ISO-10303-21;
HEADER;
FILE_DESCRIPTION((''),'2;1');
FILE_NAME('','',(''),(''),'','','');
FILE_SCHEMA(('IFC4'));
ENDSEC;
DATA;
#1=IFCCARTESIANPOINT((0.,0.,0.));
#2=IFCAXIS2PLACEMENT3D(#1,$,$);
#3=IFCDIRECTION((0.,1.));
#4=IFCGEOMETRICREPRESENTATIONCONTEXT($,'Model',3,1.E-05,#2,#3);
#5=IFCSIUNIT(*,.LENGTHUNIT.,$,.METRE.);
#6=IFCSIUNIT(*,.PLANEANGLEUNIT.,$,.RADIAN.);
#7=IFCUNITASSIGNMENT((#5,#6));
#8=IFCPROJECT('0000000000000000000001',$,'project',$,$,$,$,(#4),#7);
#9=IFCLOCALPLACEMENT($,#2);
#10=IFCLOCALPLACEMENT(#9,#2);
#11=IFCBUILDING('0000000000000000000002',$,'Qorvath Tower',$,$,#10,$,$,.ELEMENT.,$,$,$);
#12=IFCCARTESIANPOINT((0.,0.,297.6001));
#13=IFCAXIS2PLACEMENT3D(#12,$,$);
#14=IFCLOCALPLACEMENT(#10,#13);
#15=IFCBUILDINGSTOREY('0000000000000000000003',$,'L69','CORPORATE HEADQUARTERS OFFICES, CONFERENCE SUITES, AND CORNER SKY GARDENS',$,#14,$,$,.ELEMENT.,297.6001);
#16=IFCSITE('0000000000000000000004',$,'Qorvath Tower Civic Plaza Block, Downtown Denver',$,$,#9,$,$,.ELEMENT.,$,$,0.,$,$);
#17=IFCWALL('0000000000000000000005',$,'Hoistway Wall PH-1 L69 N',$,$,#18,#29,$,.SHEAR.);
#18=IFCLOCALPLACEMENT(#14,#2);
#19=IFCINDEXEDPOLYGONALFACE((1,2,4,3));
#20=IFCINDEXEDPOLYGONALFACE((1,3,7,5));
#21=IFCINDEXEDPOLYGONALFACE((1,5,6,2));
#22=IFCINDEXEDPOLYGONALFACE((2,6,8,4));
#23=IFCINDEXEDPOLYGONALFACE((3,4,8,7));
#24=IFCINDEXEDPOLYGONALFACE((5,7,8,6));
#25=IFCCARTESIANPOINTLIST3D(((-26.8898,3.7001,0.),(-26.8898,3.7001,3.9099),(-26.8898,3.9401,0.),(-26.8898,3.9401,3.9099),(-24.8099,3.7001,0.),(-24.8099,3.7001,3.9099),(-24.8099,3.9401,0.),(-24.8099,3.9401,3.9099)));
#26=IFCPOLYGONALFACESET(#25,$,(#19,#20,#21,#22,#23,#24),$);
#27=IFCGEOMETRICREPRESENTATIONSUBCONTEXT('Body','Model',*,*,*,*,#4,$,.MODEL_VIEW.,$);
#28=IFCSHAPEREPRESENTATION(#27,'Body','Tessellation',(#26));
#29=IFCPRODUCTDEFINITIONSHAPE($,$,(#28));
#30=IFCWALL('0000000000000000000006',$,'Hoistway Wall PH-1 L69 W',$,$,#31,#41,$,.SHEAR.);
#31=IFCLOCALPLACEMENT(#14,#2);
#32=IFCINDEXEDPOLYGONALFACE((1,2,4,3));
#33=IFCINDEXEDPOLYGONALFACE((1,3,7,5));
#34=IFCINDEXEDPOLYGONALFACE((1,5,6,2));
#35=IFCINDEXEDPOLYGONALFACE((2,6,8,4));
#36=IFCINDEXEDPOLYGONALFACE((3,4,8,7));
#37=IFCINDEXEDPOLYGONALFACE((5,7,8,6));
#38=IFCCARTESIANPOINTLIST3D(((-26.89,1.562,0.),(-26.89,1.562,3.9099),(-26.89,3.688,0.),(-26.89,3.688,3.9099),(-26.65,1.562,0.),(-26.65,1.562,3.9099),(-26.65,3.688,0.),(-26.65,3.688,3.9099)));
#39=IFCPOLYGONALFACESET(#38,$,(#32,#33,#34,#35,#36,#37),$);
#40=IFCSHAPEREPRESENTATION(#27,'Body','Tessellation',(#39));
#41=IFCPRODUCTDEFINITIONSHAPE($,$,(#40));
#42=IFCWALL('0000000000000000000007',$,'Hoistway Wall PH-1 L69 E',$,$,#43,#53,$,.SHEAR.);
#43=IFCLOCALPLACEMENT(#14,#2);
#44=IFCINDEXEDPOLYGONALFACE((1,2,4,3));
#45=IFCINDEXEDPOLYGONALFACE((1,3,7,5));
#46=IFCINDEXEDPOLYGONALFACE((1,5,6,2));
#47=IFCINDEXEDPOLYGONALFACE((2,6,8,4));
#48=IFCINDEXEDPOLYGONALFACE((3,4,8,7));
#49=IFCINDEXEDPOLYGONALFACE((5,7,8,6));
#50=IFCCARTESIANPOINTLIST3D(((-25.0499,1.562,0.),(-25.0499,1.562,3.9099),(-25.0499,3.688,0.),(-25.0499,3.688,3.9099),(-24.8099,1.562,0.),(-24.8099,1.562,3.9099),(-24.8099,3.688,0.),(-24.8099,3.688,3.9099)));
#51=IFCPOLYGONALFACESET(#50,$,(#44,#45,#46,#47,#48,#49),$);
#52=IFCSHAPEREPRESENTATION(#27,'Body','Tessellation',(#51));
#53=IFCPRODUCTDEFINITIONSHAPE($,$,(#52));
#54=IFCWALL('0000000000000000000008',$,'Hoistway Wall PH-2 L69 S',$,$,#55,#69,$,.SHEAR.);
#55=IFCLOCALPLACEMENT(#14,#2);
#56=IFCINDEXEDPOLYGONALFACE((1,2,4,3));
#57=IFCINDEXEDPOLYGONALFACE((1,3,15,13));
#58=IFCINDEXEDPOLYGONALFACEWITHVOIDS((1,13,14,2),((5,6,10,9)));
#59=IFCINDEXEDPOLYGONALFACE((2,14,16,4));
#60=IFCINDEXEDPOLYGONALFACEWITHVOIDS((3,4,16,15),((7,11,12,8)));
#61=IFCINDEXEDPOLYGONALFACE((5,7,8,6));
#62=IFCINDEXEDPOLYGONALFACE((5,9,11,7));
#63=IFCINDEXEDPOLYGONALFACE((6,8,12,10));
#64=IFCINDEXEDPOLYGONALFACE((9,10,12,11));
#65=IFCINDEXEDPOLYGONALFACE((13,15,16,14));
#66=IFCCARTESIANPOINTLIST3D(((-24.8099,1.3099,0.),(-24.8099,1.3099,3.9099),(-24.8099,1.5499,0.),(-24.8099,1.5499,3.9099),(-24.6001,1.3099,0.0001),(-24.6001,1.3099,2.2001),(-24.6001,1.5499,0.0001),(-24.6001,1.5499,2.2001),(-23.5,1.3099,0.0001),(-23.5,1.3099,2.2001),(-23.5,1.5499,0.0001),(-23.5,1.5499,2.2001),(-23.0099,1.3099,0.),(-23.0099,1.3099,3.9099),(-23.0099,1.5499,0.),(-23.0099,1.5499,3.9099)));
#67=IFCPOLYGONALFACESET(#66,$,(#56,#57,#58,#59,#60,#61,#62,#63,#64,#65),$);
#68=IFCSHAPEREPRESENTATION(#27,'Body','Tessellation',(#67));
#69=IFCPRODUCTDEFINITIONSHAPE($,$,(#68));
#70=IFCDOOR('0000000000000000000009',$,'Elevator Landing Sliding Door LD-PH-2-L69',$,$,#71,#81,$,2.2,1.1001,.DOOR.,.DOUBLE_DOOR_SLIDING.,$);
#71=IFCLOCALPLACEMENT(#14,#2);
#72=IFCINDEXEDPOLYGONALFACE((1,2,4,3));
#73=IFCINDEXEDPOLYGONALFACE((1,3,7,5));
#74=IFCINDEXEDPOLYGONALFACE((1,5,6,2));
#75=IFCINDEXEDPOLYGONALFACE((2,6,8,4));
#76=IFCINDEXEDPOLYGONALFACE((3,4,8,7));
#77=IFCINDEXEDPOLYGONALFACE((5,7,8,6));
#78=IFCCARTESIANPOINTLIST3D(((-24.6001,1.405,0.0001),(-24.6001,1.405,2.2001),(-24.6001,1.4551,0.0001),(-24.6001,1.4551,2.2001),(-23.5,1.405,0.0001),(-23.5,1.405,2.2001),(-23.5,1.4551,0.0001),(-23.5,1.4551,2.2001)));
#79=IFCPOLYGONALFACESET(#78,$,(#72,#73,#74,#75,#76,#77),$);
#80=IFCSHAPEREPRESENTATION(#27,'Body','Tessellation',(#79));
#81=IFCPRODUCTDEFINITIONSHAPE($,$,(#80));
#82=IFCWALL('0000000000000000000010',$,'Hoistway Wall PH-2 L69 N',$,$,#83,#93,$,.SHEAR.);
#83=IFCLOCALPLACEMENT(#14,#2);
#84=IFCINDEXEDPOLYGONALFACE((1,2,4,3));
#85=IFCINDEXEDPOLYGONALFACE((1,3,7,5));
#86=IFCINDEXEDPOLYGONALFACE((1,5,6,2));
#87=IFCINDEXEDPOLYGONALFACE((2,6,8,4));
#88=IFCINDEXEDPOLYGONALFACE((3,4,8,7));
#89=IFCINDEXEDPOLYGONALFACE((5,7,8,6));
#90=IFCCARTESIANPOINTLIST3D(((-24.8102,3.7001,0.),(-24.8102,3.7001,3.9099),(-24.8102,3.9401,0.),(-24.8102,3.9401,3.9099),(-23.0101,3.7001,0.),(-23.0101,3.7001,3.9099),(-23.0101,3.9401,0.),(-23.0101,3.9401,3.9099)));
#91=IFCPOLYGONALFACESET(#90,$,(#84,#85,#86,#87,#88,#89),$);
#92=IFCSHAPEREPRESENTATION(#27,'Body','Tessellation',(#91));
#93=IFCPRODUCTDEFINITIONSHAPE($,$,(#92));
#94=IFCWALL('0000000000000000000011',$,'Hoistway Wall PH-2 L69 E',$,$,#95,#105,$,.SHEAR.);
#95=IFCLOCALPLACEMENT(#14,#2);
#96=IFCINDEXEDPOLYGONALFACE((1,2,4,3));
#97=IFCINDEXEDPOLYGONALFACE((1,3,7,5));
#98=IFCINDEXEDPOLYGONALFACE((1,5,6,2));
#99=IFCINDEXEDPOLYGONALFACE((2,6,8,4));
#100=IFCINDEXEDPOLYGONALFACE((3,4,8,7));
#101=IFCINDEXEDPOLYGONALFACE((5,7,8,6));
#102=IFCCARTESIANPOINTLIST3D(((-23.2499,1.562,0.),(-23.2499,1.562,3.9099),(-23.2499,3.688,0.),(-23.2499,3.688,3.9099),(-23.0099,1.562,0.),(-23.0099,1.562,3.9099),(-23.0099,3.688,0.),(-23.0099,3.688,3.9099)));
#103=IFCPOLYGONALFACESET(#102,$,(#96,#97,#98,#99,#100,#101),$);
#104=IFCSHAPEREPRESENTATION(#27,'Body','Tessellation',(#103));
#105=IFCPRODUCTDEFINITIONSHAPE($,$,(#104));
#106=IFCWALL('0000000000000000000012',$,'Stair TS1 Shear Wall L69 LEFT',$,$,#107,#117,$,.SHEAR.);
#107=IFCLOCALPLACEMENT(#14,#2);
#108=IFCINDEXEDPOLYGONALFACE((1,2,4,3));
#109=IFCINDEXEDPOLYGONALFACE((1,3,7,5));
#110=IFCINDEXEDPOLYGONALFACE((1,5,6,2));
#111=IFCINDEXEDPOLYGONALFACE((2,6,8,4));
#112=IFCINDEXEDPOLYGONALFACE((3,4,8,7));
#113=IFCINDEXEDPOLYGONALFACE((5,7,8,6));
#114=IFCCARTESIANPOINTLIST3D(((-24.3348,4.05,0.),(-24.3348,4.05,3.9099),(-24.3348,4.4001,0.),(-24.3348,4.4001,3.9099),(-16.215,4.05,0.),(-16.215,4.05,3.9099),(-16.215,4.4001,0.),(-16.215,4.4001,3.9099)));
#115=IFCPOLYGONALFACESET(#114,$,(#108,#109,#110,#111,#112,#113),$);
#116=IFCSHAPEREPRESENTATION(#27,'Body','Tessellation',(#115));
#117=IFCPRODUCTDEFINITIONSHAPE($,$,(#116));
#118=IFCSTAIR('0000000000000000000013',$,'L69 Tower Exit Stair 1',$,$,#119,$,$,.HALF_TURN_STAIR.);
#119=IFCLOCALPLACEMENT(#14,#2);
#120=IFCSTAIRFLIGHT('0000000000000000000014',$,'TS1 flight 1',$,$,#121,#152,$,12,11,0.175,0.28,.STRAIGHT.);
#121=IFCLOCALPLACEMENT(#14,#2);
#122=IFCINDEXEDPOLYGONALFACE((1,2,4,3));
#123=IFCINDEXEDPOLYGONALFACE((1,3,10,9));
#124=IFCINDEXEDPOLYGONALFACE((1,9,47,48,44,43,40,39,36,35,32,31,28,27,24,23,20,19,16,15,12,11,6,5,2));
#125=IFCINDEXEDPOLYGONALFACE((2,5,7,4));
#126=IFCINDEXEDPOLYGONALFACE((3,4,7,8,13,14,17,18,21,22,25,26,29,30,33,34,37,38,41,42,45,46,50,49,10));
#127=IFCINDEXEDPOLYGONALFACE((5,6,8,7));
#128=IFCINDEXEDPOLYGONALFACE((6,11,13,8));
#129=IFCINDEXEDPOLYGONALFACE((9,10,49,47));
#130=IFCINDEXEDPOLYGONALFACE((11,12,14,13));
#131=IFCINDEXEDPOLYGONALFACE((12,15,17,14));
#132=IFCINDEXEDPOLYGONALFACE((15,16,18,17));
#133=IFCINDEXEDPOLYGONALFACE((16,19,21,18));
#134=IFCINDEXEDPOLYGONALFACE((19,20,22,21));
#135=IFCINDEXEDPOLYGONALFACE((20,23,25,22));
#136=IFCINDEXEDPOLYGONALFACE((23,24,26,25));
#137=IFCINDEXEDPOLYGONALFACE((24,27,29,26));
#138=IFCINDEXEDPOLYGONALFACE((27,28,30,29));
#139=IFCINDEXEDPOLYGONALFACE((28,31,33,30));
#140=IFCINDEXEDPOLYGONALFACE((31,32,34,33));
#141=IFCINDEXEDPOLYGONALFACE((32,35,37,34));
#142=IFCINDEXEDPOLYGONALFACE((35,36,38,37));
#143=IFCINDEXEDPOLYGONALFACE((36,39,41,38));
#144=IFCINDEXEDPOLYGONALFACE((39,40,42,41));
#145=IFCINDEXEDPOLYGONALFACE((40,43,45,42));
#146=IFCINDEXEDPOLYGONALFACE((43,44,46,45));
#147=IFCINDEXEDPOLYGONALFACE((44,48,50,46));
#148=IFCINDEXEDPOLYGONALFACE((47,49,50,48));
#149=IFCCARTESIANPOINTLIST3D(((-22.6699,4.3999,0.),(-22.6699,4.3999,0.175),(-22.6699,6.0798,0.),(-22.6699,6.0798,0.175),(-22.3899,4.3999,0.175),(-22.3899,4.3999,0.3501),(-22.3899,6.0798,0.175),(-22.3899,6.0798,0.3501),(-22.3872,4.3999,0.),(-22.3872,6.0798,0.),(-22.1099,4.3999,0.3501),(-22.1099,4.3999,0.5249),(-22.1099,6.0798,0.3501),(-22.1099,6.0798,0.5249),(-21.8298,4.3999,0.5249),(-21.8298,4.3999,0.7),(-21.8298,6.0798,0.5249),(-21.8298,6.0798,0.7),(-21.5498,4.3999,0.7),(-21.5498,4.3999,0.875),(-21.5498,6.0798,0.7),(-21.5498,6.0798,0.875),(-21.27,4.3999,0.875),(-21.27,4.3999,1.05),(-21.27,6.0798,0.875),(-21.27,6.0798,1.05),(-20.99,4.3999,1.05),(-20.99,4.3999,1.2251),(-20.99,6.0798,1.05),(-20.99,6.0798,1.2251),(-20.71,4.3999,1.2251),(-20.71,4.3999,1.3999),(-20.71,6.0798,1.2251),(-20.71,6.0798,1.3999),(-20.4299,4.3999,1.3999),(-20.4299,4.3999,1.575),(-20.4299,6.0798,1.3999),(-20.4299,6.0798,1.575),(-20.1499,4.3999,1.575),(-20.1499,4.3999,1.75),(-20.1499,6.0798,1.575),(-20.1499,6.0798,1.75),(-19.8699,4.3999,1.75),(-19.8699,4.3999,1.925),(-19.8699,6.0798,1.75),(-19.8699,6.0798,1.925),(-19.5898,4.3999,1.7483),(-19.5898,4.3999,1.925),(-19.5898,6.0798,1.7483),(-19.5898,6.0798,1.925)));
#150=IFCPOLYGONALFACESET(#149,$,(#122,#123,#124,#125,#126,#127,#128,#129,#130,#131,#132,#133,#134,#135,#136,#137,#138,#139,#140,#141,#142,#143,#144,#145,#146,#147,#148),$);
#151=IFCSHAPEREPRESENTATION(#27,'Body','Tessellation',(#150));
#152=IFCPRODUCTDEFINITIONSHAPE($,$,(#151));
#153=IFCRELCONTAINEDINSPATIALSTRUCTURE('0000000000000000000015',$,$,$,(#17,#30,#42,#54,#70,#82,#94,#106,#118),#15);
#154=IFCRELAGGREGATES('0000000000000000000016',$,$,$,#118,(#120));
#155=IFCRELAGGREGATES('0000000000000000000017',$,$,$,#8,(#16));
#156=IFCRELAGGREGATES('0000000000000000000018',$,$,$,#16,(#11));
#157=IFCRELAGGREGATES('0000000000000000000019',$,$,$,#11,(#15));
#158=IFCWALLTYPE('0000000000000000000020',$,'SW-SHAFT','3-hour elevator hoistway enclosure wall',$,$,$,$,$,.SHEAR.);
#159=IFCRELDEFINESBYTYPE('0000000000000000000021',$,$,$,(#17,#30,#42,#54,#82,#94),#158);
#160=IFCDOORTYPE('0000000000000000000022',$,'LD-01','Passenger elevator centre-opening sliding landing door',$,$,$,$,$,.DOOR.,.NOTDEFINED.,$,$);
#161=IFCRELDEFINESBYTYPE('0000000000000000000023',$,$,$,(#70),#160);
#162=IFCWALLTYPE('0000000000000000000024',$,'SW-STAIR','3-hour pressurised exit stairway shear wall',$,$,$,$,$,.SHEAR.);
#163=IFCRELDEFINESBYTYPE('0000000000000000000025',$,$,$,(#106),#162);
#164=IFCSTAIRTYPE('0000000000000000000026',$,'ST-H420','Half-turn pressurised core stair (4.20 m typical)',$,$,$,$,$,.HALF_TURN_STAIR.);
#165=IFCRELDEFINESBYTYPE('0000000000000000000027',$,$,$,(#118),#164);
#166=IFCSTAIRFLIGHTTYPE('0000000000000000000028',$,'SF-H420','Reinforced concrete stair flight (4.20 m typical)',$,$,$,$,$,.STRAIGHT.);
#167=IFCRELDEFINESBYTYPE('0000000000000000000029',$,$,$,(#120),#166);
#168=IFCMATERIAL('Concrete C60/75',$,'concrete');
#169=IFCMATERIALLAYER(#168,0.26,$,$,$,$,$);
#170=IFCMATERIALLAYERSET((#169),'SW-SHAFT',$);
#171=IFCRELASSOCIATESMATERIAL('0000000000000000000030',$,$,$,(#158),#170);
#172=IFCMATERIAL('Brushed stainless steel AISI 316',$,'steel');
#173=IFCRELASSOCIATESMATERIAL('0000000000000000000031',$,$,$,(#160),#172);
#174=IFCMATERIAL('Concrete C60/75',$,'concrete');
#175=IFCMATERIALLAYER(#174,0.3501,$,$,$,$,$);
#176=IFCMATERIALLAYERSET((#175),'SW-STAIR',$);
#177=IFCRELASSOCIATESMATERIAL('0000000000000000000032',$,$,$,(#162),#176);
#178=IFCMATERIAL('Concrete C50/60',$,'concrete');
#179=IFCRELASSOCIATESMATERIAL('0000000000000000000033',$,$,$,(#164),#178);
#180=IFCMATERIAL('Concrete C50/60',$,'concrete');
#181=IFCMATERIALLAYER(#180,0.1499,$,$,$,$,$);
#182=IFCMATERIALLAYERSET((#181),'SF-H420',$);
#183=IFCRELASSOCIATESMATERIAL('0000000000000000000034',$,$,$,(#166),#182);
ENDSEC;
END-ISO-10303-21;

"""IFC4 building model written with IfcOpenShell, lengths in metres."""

from ifc_helpers import new_model, si_unit, direction, frame, frame_2d, origin, place, context, subcontext, project, spatial, polyline, rectangle, outline, extrude, material, layer, layer_set, type_object, element, fill, aggregate, save


model = new_model("IFC4")

# Units and contexts
model_context = context("Model", 3, precision=1e-05, world=origin(), true_north=direction((0.0, 1.0)))
body_context = subcontext(model_context, "Body", "Model", "MODEL_VIEW")
ifc_project = project(units=[si_unit("LENGTHUNIT", "METRE"), si_unit("PLANEANGLEUNIT", "RADIAN")], contexts=[model_context])

# Site, building, storey
site_placement = place(None, origin())
site = spatial("IfcSite", under=ifc_project, at=site_placement, Name="Qorvath Tower Civic Plaza Block, Downtown Denver", CompositionType="ELEMENT", RefElevation=0.0)
building_placement = place(site_placement, origin())
building = spatial("IfcBuilding", under=site, at=building_placement, Name="Qorvath Tower", CompositionType="ELEMENT")
storey_placement = place(building_placement, frame((0.0, 0.0, 297.6001)))
storey = spatial("IfcBuildingStorey", under=building, at=storey_placement, Name="L69", Description="CORPORATE HEADQUARTERS OFFICES, CONFERENCE SUITES, AND CORNER SKY GARDENS", CompositionType="ELEMENT", Elevation=297.6001)

# Shared definitions
ifc_material_1 = material(Name="Concrete C60/75", Category="concrete")
ifc_layer_1 = layer(ifc_material_1, 0.26)
ifc_layer_set_1 = layer_set([ifc_layer_1], Name="SW-SHAFT")
wall_type_1 = type_object("IfcWallType", Name="SW-SHAFT", Description="3-hour elevator hoistway enclosure wall", PredefinedType="SHEAR", material=ifc_layer_set_1)

# Shared definitions
ifc_material_2 = material(Name="Brushed stainless steel AISI 316", Category="steel")
door_type_1 = type_object("IfcDoorType", Name="LD-01", Description="Passenger elevator centre-opening sliding landing door", OperationType="NOTDEFINED", PredefinedType="DOOR", material=ifc_material_2)

# Walls
wall_1_placement = place(storey_placement, frame((-26.8899, 3.8201, 0.0), z_axis=(0.0, 0.0, 1.0), x_axis=(1.0, 0.0, 0.0)))
element("IfcWall", 1, at=wall_1_placement, inside=storey, type_object=wall_type_1, Name="Hoistway Wall PH-1 L69 N", PredefinedType="SHEAR", context=body_context, shape_type="SweptSolid", body=[
    extrude(rectangle(XDim=2.0798, YDim=0.24, at=frame_2d((1.04, 0.0))), origin(), (0.0, 0.0, 1.0), 3.9099),
])
for number, where, z_axis, x_axis, name in (
    (2, (-26.77, 1.562, 0.0), (0.0, 0.0, 1.0), (0.0, 1.0, 0.0), "Hoistway Wall PH-1 L69 W"),
    (3, (-24.9299, 3.688, 0.0), (0.0, 0.0, 1.0), (0.0, -1.0, 0.0), "Hoistway Wall PH-1 L69 E"),
):
    element("IfcWall", number, at=place(storey_placement, frame(where, z_axis=z_axis, x_axis=x_axis)), inside=storey, type_object=wall_type_1, Name=name, PredefinedType="SHEAR", context=body_context, shape_type="SweptSolid", body=[
        extrude(rectangle(XDim=2.126, YDim=0.24, at=frame_2d((1.063, 0.0))), origin(), (0.0, 0.0, 1.0), 3.9099),
    ])

# Wall, opening, door
wall_2_placement = place(storey_placement, frame((-23.01, 1.4299, 0.0), z_axis=(0.0, 0.0, 1.0), x_axis=(-1.0, 0.0, 0.0)))
wall_2 = element("IfcWall", 4, at=wall_2_placement, inside=storey, type_object=wall_type_1, Name="Hoistway Wall PH-2 L69 S", PredefinedType="SHEAR", context=body_context, shape_type="SweptSolid", body=[
    extrude(rectangle(XDim=1.8, YDim=0.24, at=frame_2d((0.8999, 0.0))), origin(), (0.0, 0.0, 1.0), 3.9099),
])
opening_1_placement = place(wall_2_placement, frame((0.49, 0.0, 0.0)))
opening_1 = element("IfcOpeningElement", 5, at=opening_1_placement, cuts=wall_2, PredefinedType="OPENING", context=body_context, shape_type="SweptSolid", body=[
    extrude(rectangle(XDim=1.1001, YDim=2.2, at=frame_2d((0.55, 1.1001))), frame((0.0, 0.1299, 0.0), z_axis=(0.0, -1.0, 0.0), x_axis=(1.0, 0.0, 0.0)), (0.0, 0.0, 1.0), 0.26),
])
door_1_placement = place(opening_1_placement, origin())
door_1 = element("IfcDoor", 6, at=door_1_placement, inside=storey, type_object=door_type_1, Name="Elevator Landing Sliding Door LD-PH-2-L69", OperationType="DOUBLE_DOOR_SLIDING", OverallHeight=2.2, OverallWidth=1.1001, PredefinedType="DOOR", context=body_context, shape_type="SweptSolid", body=[
    extrude(rectangle(XDim=1.1001, YDim=2.2, at=frame_2d((0.55, 1.1001))), frame((0.0, 0.0249, 0.0), z_axis=(0.0, -1.0, 0.0), x_axis=(1.0, 0.0, 0.0)), (0.0, 0.0, 1.0), 0.05),
])
fill(opening_1, door_1)

# Walls
wall_3_placement = place(storey_placement, frame((-24.8101, 3.8201, 0.0), z_axis=(0.0, 0.0, 1.0), x_axis=(1.0, 0.0, 0.0)))
element("IfcWall", 7, at=wall_3_placement, inside=storey, type_object=wall_type_1, Name="Hoistway Wall PH-2 L69 N", PredefinedType="SHEAR", context=body_context, shape_type="SweptSolid", body=[
    extrude(rectangle(XDim=1.8, YDim=0.24, at=frame_2d((0.8999, 0.0))), origin(), (0.0, 0.0, 1.0), 3.9099),
])
wall_4_placement = place(storey_placement, frame((-23.1299, 3.688, 0.0), z_axis=(0.0, 0.0, 1.0), x_axis=(0.0, -1.0, 0.0)))
element("IfcWall", 8, at=wall_4_placement, inside=storey, type_object=wall_type_1, Name="Hoistway Wall PH-2 L69 E", PredefinedType="SHEAR", context=body_context, shape_type="SweptSolid", body=[
    extrude(rectangle(XDim=2.126, YDim=0.24, at=frame_2d((1.063, 0.0))), origin(), (0.0, 0.0, 1.0), 3.9099),
])
ifc_material_3 = material(Name="Concrete C60/75", Category="concrete")
ifc_layer_2 = layer(ifc_material_3, 0.3501)
ifc_layer_set_2 = layer_set([ifc_layer_2], Name="SW-STAIR")
wall_type_2 = type_object("IfcWallType", Name="SW-STAIR", Description="3-hour pressurised exit stairway shear wall", PredefinedType="SHEAR", material=ifc_layer_set_2)
wall_5_placement = place(storey_placement, frame((-24.335, 4.2251, 0.0), z_axis=(0.0, 0.0, 1.0), x_axis=(1.0, 0.0, 0.0)))
element("IfcWall", 9, at=wall_5_placement, inside=storey, type_object=wall_type_2, Name="Stair TS1 Shear Wall L69 LEFT", PredefinedType="SHEAR", context=body_context, shape_type="SweptSolid", body=[
    extrude(rectangle(XDim=8.1199, YDim=0.3501, at=frame_2d((4.0601, 0.0))), origin(), (0.0, 0.0, 1.0), 3.9099),
])

# Stair, stair flight
ifc_material_4 = material(Name="Concrete C50/60", Category="concrete")
stair_type = type_object("IfcStairType", Name="ST-H420", Description="Half-turn pressurised core stair (4.20 m typical)", PredefinedType="HALF_TURN_STAIR", material=ifc_material_4)
stair_placement = place(storey_placement, origin())
stair = element("IfcStair", 10, at=stair_placement, inside=storey, type_object=stair_type, Name="L69 Tower Exit Stair 1", PredefinedType="HALF_TURN_STAIR")
ifc_material_5 = material(Name="Concrete C50/60", Category="concrete")
ifc_layer_3 = layer(ifc_material_5, 0.1499)
ifc_layer_set_3 = layer_set([ifc_layer_3], Name="SF-H420")
stair_flight_type = type_object("IfcStairFlightType", Name="SF-H420", Description="Reinforced concrete stair flight (4.20 m typical)", PredefinedType="STRAIGHT", material=ifc_layer_set_3)
stair_flight_placement = place(storey_placement, frame((-22.6699, 5.24, 0.0), z_axis=(0.0, 0.0, 1.0), x_axis=(1.0, 0.0, 0.0)))
stair_flight = element("IfcStairFlight", 11, at=stair_flight_placement, type_object=stair_flight_type, Name="TS1 flight 1", NumberOfRisers=12, NumberOfTreads=11, PredefinedType="STRAIGHT", RiserHeight=0.175, TreadLength=0.28, context=body_context, shape_type="SweptSolid", body=[
    extrude(outline(polyline([(0.0, 0.0), (0.0, 0.175), (0.28, 0.175), (0.28, 0.3501), (0.5601, 0.3501), (0.5601, 0.5249), (0.8401, 0.5249), (0.8401, 0.7), (1.1201, 0.7), (1.1201, 0.875), (1.3999, 0.875), (1.3999, 1.05), (1.6799, 1.05), (1.6799, 1.2251), (1.96, 1.2251), (1.96, 1.3999), (2.24, 1.3999), (2.24, 1.575), (2.52, 1.575), (2.52, 1.75), (2.8, 1.75), (2.8, 1.925), (3.0801, 1.925), (3.0801, 2.1001), (3.0801, 1.7483), (0.2827, 0.0), (0.0, 0.0)])), frame((0.0, 0.8398, 0.0), z_axis=(0.0, -1.0, 0.0), x_axis=(1.0, 0.0, 0.0)), (0.0, 0.0, 1.0), 1.6799),
])
aggregate(stair, [stair_flight])

save(model, "model.ifc")
